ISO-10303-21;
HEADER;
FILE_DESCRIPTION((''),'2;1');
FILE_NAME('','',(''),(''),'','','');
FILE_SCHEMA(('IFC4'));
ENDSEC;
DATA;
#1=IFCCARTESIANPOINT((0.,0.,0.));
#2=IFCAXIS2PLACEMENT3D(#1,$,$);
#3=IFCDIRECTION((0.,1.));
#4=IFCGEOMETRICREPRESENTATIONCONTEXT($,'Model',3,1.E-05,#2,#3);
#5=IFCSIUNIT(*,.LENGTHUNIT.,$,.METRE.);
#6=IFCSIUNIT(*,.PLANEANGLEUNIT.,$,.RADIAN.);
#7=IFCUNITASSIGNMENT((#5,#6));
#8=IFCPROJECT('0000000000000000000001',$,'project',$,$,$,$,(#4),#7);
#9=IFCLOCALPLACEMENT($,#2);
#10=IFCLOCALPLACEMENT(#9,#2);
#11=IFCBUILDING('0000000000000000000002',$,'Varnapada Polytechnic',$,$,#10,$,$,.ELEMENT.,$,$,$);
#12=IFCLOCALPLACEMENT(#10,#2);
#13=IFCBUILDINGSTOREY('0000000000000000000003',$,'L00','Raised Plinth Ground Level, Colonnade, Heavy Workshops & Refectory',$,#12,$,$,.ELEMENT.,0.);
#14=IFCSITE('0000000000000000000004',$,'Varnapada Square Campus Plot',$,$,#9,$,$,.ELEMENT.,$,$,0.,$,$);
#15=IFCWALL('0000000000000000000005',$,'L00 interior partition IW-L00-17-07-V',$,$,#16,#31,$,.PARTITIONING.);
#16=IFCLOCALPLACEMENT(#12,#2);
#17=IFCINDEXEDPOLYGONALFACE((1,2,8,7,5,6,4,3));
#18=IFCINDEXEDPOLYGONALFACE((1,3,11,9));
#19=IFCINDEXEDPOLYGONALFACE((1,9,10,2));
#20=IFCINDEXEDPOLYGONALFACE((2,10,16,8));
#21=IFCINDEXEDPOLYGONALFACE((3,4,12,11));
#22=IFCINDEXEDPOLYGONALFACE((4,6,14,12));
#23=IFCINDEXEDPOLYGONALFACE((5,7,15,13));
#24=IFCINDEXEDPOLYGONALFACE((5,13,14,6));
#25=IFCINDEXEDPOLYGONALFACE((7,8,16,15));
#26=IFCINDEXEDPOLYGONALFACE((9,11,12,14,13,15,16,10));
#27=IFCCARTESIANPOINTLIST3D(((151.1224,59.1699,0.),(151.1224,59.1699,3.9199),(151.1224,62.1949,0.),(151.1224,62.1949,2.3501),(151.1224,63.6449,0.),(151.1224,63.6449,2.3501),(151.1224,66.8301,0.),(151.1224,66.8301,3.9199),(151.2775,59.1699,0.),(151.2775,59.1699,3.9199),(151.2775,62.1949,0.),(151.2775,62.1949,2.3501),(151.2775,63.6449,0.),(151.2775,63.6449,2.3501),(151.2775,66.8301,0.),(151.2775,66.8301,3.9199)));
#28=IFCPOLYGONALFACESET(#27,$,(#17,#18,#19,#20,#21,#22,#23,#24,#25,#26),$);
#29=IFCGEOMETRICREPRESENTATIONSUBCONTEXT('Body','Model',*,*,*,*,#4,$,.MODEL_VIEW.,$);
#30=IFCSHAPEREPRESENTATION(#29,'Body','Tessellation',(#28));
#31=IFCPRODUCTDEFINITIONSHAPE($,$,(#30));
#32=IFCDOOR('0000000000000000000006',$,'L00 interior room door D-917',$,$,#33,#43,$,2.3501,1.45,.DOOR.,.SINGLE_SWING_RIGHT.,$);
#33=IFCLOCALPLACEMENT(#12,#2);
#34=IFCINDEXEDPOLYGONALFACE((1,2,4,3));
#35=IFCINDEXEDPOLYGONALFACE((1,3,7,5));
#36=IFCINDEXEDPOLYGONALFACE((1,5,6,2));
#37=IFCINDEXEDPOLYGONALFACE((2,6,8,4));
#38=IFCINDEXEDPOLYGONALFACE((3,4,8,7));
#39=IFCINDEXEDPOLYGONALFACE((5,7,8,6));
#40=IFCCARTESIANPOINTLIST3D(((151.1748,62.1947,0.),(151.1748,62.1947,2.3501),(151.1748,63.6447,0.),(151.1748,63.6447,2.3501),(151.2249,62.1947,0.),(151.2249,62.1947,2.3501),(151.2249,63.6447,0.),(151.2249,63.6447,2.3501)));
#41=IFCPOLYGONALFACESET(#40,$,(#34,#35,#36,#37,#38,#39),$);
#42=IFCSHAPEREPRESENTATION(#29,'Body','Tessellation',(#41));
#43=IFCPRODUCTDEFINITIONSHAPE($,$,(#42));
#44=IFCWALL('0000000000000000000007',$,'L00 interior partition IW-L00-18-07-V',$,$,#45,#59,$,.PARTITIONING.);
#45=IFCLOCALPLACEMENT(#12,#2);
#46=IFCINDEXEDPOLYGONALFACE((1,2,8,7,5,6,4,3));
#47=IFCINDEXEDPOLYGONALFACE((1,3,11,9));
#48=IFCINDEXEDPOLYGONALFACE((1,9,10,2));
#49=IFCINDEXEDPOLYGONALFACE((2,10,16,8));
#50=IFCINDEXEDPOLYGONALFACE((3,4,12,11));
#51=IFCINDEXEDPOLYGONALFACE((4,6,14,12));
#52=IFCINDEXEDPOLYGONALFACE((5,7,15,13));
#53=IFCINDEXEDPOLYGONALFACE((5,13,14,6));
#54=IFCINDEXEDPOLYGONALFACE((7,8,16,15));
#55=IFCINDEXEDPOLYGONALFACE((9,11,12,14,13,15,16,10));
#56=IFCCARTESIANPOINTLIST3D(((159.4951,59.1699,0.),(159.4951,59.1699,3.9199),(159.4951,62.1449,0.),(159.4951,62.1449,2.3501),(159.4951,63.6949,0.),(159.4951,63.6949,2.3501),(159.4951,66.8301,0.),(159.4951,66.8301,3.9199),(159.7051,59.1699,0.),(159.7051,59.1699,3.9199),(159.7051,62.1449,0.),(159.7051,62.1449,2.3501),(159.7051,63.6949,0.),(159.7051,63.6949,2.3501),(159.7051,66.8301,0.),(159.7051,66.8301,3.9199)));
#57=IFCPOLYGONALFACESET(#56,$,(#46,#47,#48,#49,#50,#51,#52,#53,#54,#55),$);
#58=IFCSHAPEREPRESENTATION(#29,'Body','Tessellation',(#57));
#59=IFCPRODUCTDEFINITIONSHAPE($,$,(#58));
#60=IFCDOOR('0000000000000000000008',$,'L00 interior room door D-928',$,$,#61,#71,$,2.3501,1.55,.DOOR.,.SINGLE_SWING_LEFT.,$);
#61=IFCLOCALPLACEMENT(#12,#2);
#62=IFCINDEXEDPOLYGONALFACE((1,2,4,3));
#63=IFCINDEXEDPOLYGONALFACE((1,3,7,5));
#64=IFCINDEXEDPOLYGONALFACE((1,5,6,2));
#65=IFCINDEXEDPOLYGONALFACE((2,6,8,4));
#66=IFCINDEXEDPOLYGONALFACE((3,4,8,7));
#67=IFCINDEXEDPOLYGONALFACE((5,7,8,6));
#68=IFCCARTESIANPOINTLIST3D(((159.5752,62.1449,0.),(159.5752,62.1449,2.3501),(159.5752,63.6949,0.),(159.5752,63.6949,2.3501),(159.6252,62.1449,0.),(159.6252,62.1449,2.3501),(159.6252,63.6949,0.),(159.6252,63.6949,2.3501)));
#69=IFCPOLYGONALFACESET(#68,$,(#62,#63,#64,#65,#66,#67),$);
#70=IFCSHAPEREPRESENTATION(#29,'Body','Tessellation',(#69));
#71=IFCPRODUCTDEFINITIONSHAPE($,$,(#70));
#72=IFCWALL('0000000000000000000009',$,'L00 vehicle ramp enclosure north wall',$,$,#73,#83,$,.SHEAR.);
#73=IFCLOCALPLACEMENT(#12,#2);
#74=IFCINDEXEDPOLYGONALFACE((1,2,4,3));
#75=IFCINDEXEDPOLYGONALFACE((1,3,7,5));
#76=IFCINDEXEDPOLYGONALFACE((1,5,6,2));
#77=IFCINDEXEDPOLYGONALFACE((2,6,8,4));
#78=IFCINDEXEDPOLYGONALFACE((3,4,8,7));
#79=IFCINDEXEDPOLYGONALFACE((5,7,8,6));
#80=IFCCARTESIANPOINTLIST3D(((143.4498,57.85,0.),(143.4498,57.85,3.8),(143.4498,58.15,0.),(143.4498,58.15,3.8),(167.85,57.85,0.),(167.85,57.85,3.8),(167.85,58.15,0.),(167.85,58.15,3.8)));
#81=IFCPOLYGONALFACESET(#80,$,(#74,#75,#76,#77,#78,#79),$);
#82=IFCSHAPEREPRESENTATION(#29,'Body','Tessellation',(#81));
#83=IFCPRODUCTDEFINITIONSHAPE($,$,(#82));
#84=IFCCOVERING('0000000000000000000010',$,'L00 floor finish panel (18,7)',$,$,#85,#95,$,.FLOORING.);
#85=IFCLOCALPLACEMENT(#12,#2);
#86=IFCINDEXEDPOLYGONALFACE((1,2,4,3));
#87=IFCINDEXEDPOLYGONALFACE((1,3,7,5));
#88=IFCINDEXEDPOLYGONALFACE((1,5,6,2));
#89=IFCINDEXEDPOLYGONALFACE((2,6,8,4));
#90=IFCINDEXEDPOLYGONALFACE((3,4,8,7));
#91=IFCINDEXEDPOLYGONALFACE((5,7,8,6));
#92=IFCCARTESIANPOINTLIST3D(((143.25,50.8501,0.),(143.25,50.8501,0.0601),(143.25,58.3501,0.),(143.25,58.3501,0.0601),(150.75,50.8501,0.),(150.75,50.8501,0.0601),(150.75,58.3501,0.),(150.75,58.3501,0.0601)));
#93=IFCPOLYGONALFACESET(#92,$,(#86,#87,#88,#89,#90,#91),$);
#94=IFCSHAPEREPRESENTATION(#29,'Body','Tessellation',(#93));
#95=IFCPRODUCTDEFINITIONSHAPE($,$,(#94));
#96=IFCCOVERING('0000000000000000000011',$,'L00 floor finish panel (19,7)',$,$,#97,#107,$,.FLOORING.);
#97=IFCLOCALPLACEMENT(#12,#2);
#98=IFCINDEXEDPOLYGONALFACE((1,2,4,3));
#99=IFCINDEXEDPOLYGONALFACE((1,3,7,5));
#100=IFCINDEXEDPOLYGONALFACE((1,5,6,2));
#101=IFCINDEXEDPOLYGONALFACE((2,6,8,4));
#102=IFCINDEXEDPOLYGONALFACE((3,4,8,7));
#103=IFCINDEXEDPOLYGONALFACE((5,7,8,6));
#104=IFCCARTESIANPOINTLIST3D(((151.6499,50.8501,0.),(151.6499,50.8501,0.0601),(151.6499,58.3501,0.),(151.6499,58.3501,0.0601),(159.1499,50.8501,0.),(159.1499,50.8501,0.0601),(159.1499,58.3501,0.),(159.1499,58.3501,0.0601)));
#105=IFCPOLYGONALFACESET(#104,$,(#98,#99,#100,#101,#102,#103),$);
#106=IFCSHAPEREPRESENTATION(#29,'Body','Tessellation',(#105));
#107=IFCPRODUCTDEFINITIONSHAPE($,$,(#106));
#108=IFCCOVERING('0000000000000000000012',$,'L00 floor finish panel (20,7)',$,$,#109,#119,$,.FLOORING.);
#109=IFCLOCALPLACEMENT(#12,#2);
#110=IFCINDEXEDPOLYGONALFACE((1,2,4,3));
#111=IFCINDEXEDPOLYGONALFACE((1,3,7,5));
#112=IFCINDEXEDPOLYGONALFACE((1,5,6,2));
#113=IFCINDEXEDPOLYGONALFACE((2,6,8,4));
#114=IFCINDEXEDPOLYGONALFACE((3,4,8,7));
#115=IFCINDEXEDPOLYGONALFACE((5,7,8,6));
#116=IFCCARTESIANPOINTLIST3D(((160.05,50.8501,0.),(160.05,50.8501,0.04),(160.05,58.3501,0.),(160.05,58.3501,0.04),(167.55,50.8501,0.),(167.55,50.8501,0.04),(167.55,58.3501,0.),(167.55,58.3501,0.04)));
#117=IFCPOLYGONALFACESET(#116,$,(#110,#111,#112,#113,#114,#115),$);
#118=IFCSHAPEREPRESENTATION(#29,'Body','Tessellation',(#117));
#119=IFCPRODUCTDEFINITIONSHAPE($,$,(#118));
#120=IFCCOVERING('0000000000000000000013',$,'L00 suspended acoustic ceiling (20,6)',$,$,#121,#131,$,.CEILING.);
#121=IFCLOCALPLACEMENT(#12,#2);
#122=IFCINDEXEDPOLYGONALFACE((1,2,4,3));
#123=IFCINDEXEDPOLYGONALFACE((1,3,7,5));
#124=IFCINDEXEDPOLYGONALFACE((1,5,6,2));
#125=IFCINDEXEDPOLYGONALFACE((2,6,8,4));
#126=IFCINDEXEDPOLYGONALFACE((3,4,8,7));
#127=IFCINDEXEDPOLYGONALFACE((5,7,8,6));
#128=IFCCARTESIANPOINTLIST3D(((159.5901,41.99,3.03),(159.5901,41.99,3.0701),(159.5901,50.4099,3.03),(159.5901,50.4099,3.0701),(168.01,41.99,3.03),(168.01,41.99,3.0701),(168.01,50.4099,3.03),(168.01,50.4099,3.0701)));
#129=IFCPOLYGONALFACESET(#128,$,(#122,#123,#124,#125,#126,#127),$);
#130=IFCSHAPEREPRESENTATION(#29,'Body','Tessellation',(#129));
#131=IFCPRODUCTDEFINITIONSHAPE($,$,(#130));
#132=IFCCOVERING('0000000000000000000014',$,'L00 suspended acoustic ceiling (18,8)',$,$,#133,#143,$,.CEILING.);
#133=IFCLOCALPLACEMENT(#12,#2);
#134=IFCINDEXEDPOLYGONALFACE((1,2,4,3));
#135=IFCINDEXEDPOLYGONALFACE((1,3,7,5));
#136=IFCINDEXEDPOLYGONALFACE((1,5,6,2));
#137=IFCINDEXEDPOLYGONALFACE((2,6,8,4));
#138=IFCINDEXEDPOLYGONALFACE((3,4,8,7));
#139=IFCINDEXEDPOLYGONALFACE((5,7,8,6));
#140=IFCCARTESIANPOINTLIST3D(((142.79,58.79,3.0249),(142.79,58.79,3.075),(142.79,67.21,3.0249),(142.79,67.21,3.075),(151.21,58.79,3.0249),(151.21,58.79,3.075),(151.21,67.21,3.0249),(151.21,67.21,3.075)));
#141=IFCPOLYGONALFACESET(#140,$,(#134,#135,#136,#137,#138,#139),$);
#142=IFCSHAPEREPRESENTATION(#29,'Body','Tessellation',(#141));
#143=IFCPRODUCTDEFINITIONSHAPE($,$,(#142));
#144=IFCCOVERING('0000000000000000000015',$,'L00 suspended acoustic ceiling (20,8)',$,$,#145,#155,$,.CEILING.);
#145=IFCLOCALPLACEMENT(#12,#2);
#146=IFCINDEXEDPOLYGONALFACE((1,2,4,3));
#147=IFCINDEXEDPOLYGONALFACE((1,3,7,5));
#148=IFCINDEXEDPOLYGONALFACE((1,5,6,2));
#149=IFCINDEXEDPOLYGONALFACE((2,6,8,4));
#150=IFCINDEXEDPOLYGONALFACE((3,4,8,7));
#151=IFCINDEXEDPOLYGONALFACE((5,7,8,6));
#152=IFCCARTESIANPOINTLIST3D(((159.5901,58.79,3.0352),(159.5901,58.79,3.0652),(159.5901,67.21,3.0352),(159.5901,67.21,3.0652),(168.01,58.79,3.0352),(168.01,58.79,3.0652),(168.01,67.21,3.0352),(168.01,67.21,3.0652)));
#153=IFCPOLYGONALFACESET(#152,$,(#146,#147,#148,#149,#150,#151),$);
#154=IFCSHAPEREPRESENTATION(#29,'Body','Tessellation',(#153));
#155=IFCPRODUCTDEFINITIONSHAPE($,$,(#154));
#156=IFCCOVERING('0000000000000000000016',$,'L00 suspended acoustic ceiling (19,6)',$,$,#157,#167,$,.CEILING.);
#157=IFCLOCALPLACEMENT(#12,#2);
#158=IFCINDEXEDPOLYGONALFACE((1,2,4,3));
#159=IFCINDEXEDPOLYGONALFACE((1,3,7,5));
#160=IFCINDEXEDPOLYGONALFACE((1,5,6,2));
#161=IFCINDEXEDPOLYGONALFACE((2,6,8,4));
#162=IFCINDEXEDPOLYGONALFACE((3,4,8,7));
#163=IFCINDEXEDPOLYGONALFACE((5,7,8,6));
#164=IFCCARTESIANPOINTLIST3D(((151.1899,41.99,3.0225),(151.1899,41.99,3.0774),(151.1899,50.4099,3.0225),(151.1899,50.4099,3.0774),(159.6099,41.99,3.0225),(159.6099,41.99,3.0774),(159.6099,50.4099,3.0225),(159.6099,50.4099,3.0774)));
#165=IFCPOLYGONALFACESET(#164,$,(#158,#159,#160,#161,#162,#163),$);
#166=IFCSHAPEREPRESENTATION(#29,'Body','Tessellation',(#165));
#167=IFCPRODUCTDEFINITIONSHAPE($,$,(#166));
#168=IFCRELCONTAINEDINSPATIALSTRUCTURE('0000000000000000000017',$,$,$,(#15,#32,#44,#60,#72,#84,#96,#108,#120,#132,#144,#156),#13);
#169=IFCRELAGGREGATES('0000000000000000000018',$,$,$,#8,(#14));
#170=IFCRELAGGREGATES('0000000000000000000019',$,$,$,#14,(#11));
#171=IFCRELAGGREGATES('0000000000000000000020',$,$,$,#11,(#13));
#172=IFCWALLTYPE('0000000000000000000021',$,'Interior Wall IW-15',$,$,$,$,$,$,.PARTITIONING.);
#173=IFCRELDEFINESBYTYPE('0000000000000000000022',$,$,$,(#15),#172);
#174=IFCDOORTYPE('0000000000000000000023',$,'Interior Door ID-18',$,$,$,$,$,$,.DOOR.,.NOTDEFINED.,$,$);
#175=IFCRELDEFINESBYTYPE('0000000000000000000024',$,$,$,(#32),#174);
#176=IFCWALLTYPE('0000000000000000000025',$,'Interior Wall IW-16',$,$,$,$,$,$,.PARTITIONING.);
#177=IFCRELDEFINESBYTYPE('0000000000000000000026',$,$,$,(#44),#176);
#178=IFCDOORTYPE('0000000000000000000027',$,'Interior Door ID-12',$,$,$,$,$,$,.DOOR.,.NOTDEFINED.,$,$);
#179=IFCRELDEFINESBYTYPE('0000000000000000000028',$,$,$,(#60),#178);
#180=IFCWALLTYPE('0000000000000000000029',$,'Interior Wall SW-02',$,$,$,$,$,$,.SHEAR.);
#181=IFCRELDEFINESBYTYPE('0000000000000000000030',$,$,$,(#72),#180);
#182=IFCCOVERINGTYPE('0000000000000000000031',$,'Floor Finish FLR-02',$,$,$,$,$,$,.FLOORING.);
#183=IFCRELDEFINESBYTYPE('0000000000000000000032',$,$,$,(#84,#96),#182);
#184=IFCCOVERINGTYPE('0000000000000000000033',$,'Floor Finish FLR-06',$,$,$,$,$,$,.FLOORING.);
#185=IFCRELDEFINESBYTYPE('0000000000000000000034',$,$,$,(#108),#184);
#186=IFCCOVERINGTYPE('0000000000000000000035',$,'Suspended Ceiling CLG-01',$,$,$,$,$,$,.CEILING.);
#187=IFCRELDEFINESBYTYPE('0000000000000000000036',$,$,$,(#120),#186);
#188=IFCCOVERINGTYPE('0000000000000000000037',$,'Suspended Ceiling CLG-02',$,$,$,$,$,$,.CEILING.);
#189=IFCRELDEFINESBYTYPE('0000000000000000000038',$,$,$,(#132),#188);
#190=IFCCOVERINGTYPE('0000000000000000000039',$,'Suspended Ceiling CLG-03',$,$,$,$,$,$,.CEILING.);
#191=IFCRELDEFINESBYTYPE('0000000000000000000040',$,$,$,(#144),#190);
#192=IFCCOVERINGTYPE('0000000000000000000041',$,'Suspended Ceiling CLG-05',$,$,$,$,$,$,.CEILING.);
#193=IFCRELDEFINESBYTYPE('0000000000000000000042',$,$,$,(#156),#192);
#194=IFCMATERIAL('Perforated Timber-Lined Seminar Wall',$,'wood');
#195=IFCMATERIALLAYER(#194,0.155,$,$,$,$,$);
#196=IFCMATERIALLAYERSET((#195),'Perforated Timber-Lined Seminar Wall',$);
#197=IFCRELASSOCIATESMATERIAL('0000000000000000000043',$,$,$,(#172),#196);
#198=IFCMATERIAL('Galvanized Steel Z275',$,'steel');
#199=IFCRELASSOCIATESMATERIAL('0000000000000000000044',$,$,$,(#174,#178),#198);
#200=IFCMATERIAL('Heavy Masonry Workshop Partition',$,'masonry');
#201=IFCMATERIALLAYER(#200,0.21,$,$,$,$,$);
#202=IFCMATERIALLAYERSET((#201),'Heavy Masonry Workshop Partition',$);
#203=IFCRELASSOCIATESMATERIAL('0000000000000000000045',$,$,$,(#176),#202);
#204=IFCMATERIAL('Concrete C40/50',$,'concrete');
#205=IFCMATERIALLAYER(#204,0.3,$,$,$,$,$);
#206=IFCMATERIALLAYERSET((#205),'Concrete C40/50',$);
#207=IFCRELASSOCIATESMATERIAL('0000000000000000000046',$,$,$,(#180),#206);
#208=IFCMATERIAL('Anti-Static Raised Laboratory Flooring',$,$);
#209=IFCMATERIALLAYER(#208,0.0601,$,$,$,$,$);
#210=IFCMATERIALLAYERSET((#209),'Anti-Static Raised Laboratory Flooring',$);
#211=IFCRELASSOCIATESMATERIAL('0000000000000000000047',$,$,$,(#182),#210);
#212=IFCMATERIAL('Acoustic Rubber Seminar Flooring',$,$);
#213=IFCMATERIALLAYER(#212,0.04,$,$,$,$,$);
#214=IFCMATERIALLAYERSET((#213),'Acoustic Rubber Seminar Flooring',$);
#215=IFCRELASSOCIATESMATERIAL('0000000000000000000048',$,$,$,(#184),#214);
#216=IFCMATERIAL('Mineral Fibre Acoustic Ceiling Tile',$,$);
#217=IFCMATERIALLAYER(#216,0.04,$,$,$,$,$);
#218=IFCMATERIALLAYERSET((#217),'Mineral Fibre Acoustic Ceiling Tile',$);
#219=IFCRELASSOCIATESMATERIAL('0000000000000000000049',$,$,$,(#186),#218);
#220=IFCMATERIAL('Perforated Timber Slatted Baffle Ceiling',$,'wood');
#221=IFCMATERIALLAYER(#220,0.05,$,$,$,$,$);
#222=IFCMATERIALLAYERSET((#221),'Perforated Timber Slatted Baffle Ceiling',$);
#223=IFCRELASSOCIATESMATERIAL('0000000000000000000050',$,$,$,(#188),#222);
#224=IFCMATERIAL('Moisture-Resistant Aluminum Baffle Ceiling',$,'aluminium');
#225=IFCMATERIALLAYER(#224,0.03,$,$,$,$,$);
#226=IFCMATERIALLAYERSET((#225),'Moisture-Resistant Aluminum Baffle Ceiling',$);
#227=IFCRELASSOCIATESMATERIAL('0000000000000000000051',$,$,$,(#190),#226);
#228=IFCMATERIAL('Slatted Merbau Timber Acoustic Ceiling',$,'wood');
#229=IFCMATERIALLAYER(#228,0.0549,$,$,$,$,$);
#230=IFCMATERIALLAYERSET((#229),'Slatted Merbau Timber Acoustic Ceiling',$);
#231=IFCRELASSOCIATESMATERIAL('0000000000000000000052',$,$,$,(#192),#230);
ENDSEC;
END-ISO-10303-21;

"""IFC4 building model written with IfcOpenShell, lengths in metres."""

from ifc_helpers import new_model, si_unit, direction, frame, frame_2d, origin, origin_2d, place, context, subcontext, project, spatial, rectangle, extrude, material, layer, layer_set, type_object, element, fill, save


model = new_model("IFC4")

# Units and contexts
model_context = context("Model", 3, precision=1e-05, world=origin(), true_north=direction((0.0, 1.0)))
body_context = subcontext(model_context, "Body", "Model", "MODEL_VIEW")
ifc_project = project(units=[si_unit("LENGTHUNIT", "METRE"), si_unit("PLANEANGLEUNIT", "RADIAN")], contexts=[model_context])

# Site, building, storey
site_placement = place(None, origin())
site = spatial("IfcSite", under=ifc_project, at=site_placement, Name="Varnapada Square Campus Plot", CompositionType="ELEMENT", RefElevation=0.0)
building_placement = place(site_placement, origin())
building = spatial("IfcBuilding", under=site, at=building_placement, Name="Varnapada Polytechnic", CompositionType="ELEMENT")
storey_placement = place(building_placement, origin())
storey = spatial("IfcBuildingStorey", under=building, at=storey_placement, Name="L00", Description="Raised Plinth Ground Level, Colonnade, Heavy Workshops & Refectory", CompositionType="ELEMENT", Elevation=0.0)

# Shared definitions
ifc_material_1 = material(Name="Concrete C40/50", Category="concrete")

# Walls, openings, doors
ifc_material_2 = material(Name="Perforated Timber-Lined Seminar Wall", Category="wood")
ifc_layer_1 = layer(ifc_material_2, 0.155)
ifc_layer_set_1 = layer_set([ifc_layer_1], Name="Perforated Timber-Lined Seminar Wall")
wall_type_1 = type_object("IfcWallType", Name="Interior Wall IW-15", PredefinedType="PARTITIONING", material=ifc_layer_set_1)
wall_1_placement = place(storey_placement, frame((151.2, 59.1699, 0.0), z_axis=(0.0, 0.0, 1.0), x_axis=(0.0, 1.0, 0.0)))
wall_1 = element("IfcWall", 1, at=wall_1_placement, inside=storey, type_object=wall_type_1, Name="L00 interior partition IW-L00-17-07-V", PredefinedType="PARTITIONING", context=body_context, shape_type="SweptSolid", body=[
    extrude(rectangle(XDim=7.6602, YDim=0.155, at=frame_2d((3.8301, 0.0))), origin(), (0.0, 0.0, 1.0), 3.9199),
])
opening_1_placement = place(wall_1_placement, frame((3.0249, 0.0, 0.0)))
opening_1 = element("IfcOpeningElement", 2, at=opening_1_placement, cuts=wall_1, PredefinedType="OPENING", context=body_context, shape_type="SweptSolid", body=[
    extrude(rectangle(XDim=1.45, YDim=2.3501, at=frame_2d((0.7251, 1.175))), frame((0.0, 0.0874, 0.0), z_axis=(0.0, -1.0, 0.0), x_axis=(1.0, 0.0, 0.0)), (0.0, 0.0, 1.0), 0.175),
])
ifc_material_3 = material(Name="Galvanized Steel Z275", Category="steel")
door_type_1 = type_object("IfcDoorType", Name="Interior Door ID-18", OperationType="NOTDEFINED", PredefinedType="DOOR", material=ifc_material_3)
door_1_placement = place(opening_1_placement, frame((1.45, 0.0, 0.0), z_axis=(0.0, 0.0, 1.0), x_axis=(-1.0, 0.0, 0.0)))
door_1 = element("IfcDoor", 3, at=door_1_placement, inside=storey, type_object=door_type_1, Name="L00 interior room door D-917", OperationType="SINGLE_SWING_RIGHT", OverallHeight=2.3501, OverallWidth=1.45, PredefinedType="DOOR", context=body_context, shape_type="SweptSolid", body=[
    extrude(rectangle(XDim=1.45, YDim=2.3501, at=frame_2d((0.7251, 1.175))), frame((0.0, 0.0249, 0.0), z_axis=(0.0, -1.0, 0.0), x_axis=(1.0, 0.0, 0.0)), (0.0, 0.0, 1.0), 0.05),
])
fill(opening_1, door_1)
ifc_material_4 = material(Name="Heavy Masonry Workshop Partition", Category="masonry")
ifc_layer_2 = layer(ifc_material_4, 0.21)
ifc_layer_set_2 = layer_set([ifc_layer_2], Name="Heavy Masonry Workshop Partition")
wall_type_2 = type_object("IfcWallType", Name="Interior Wall IW-16", PredefinedType="PARTITIONING", material=ifc_layer_set_2)
wall_2_placement = place(storey_placement, frame((159.6001, 59.1699, 0.0), z_axis=(0.0, 0.0, 1.0), x_axis=(0.0, 1.0, 0.0)))
wall_2 = element("IfcWall", 4, at=wall_2_placement, inside=storey, type_object=wall_type_2, Name="L00 interior partition IW-L00-18-07-V", PredefinedType="PARTITIONING", context=body_context, shape_type="SweptSolid", body=[
    extrude(rectangle(XDim=7.6602, YDim=0.21, at=frame_2d((3.8301, 0.0))), origin(), (0.0, 0.0, 1.0), 3.9199),
])
opening_2_placement = place(wall_2_placement, frame((2.9751, 0.0, 0.0)))
opening_2 = element("IfcOpeningElement", 5, at=opening_2_placement, cuts=wall_2, PredefinedType="OPENING", context=body_context, shape_type="SweptSolid", body=[
    extrude(rectangle(XDim=1.55, YDim=2.3501, at=frame_2d((0.7749, 1.175))), frame((0.0, 0.115, 0.0), z_axis=(0.0, -1.0, 0.0), x_axis=(1.0, 0.0, 0.0)), (0.0, 0.0, 1.0), 0.23),
])
door_type_2 = type_object("IfcDoorType", Name="Interior Door ID-12", OperationType="NOTDEFINED", PredefinedType="DOOR", material=ifc_material_3)
door_2_placement = place(opening_2_placement, origin())
door_2 = element("IfcDoor", 6, at=door_2_placement, inside=storey, type_object=door_type_2, Name="L00 interior room door D-928", OperationType="SINGLE_SWING_LEFT", OverallHeight=2.3501, OverallWidth=1.55, PredefinedType="DOOR", context=body_context, shape_type="SweptSolid", body=[
    extrude(rectangle(XDim=1.55, YDim=2.3501, at=frame_2d((0.7749, 1.175))), frame((0.0, 0.0249, 0.0), z_axis=(0.0, -1.0, 0.0), x_axis=(1.0, 0.0, 0.0)), (0.0, 0.0, 1.0), 0.05),
])
fill(opening_2, door_2)

# Wall
ifc_layer_3 = layer(ifc_material_1, 0.3)
ifc_layer_set_3 = layer_set([ifc_layer_3], Name="Concrete C40/50")
wall_type_3 = type_object("IfcWallType", Name="Interior Wall SW-02", PredefinedType="SHEAR", material=ifc_layer_set_3)
wall_3_placement = place(storey_placement, frame((167.8501, 58.0, 0.0), z_axis=(0.0, 0.0, 1.0), x_axis=(-1.0, 0.0, 0.0)))
element("IfcWall", 7, at=wall_3_placement, inside=storey, type_object=wall_type_3, Name="L00 vehicle ramp enclosure north wall", PredefinedType="SHEAR", context=body_context, shape_type="SweptSolid", body=[
    extrude(rectangle(XDim=24.4001, YDim=0.3, at=frame_2d((12.2002, 0.0))), origin(), (0.0, 0.0, 1.0), 3.8),
])

# Coverings
ifc_material_5 = material(Name="Anti-Static Raised Laboratory Flooring")
ifc_layer_4 = layer(ifc_material_5, 0.0601)
ifc_layer_set_4 = layer_set([ifc_layer_4], Name="Anti-Static Raised Laboratory Flooring")
covering_type_1 = type_object("IfcCoveringType", Name="Floor Finish FLR-02", PredefinedType="FLOORING", material=ifc_layer_set_4)
for number, where, z_axis, x_axis, name in (
    (8, (147.0, 54.6001, 0.0), (0.0, 0.0, 1.0), (1.0, 0.0, 0.0), "L00 floor finish panel (18,7)"),
    (9, (155.3999, 54.6001, 0.0), (0.0, 0.0, 1.0), (1.0, 0.0, 0.0), "L00 floor finish panel (19,7)"),
):
    element("IfcCovering", number, at=place(storey_placement, frame(where, z_axis=z_axis, x_axis=x_axis)), inside=storey, type_object=covering_type_1, Name=name, PredefinedType="FLOORING", context=body_context, shape_type="SweptSolid", body=[
        extrude(rectangle(XDim=7.5, YDim=7.5, at=origin_2d()), origin(), (0.0, 0.0, 1.0), 0.0601),
    ])
ifc_material_6 = material(Name="Acoustic Rubber Seminar Flooring")
ifc_layer_5 = layer(ifc_material_6, 0.04)
ifc_layer_set_5 = layer_set([ifc_layer_5], Name="Acoustic Rubber Seminar Flooring")
covering_type_2 = type_object("IfcCoveringType", Name="Floor Finish FLR-06", PredefinedType="FLOORING", material=ifc_layer_set_5)
covering_1_placement = place(storey_placement, frame((163.8, 54.6001, 0.0), z_axis=(0.0, 0.0, 1.0), x_axis=(1.0, 0.0, 0.0)))
element("IfcCovering", 10, at=covering_1_placement, inside=storey, type_object=covering_type_2, Name="L00 floor finish panel (20,7)", PredefinedType="FLOORING", context=body_context, shape_type="SweptSolid", body=[
    extrude(rectangle(XDim=7.5, YDim=7.5, at=origin_2d()), origin(), (0.0, 0.0, 1.0), 0.04),
])
ifc_material_7 = material(Name="Mineral Fibre Acoustic Ceiling Tile")
ifc_layer_6 = layer(ifc_material_7, 0.04)
ifc_layer_set_6 = layer_set([ifc_layer_6], Name="Mineral Fibre Acoustic Ceiling Tile")
covering_type_3 = type_object("IfcCoveringType", Name="Suspended Ceiling CLG-01", PredefinedType="CEILING", material=ifc_layer_set_6)
covering_2_placement = place(storey_placement, frame((163.8, 46.2, 3.03), z_axis=(0.0, 0.0, 1.0), x_axis=(1.0, 0.0, 0.0)))
element("IfcCovering", 11, at=covering_2_placement, inside=storey, type_object=covering_type_3, Name="L00 suspended acoustic ceiling (20,6)", PredefinedType="CEILING", context=body_context, shape_type="SweptSolid", body=[
    extrude(rectangle(XDim=8.4199, YDim=8.4199, at=origin_2d()), origin(), (0.0, 0.0, 1.0), 0.04),
])
ifc_material_8 = material(Name="Perforated Timber Slatted Baffle Ceiling", Category="wood")
ifc_layer_7 = layer(ifc_material_8, 0.05)
ifc_layer_set_7 = layer_set([ifc_layer_7], Name="Perforated Timber Slatted Baffle Ceiling")
covering_type_4 = type_object("IfcCoveringType", Name="Suspended Ceiling CLG-02", PredefinedType="CEILING", material=ifc_layer_set_7)
covering_3_placement = place(storey_placement, frame((147.0, 63.0, 3.0249), z_axis=(0.0, 0.0, 1.0), x_axis=(1.0, 0.0, 0.0)))
element("IfcCovering", 12, at=covering_3_placement, inside=storey, type_object=covering_type_4, Name="L00 suspended acoustic ceiling (18,8)", PredefinedType="CEILING", context=body_context, shape_type="SweptSolid", body=[
    extrude(rectangle(XDim=8.4199, YDim=8.4199, at=origin_2d()), origin(), (0.0, 0.0, 1.0), 0.05),
])
ifc_material_9 = material(Name="Moisture-Resistant Aluminum Baffle Ceiling", Category="aluminium")
ifc_layer_8 = layer(ifc_material_9, 0.03)
ifc_layer_set_8 = layer_set([ifc_layer_8], Name="Moisture-Resistant Aluminum Baffle Ceiling")
covering_type_5 = type_object("IfcCoveringType", Name="Suspended Ceiling CLG-03", PredefinedType="CEILING", material=ifc_layer_set_8)
covering_4_placement = place(storey_placement, frame((163.8, 63.0, 3.0352), z_axis=(0.0, 0.0, 1.0), x_axis=(1.0, 0.0, 0.0)))
element("IfcCovering", 13, at=covering_4_placement, inside=storey, type_object=covering_type_5, Name="L00 suspended acoustic ceiling (20,8)", PredefinedType="CEILING", context=body_context, shape_type="SweptSolid", body=[
    extrude(rectangle(XDim=8.4199, YDim=8.4199, at=origin_2d()), origin(), (0.0, 0.0, 1.0), 0.03),
])
ifc_material_10 = material(Name="Slatted Merbau Timber Acoustic Ceiling", Category="wood")
ifc_layer_9 = layer(ifc_material_10, 0.0549)
ifc_layer_set_9 = layer_set([ifc_layer_9], Name="Slatted Merbau Timber Acoustic Ceiling")
covering_type_6 = type_object("IfcCoveringType", Name="Suspended Ceiling CLG-05", PredefinedType="CEILING", material=ifc_layer_set_9)
covering_5_placement = place(storey_placement, frame((155.3999, 46.2, 3.0225), z_axis=(0.0, 0.0, 1.0), x_axis=(1.0, 0.0, 0.0)))
element("IfcCovering", 14, at=covering_5_placement, inside=storey, type_object=covering_type_6, Name="L00 suspended acoustic ceiling (19,6)", PredefinedType="CEILING", context=body_context, shape_type="SweptSolid", body=[
    extrude(rectangle(XDim=8.4199, YDim=8.4199, at=origin_2d()), origin(), (0.0, 0.0, 1.0), 0.0549),
])

save(model, "model.ifc")
